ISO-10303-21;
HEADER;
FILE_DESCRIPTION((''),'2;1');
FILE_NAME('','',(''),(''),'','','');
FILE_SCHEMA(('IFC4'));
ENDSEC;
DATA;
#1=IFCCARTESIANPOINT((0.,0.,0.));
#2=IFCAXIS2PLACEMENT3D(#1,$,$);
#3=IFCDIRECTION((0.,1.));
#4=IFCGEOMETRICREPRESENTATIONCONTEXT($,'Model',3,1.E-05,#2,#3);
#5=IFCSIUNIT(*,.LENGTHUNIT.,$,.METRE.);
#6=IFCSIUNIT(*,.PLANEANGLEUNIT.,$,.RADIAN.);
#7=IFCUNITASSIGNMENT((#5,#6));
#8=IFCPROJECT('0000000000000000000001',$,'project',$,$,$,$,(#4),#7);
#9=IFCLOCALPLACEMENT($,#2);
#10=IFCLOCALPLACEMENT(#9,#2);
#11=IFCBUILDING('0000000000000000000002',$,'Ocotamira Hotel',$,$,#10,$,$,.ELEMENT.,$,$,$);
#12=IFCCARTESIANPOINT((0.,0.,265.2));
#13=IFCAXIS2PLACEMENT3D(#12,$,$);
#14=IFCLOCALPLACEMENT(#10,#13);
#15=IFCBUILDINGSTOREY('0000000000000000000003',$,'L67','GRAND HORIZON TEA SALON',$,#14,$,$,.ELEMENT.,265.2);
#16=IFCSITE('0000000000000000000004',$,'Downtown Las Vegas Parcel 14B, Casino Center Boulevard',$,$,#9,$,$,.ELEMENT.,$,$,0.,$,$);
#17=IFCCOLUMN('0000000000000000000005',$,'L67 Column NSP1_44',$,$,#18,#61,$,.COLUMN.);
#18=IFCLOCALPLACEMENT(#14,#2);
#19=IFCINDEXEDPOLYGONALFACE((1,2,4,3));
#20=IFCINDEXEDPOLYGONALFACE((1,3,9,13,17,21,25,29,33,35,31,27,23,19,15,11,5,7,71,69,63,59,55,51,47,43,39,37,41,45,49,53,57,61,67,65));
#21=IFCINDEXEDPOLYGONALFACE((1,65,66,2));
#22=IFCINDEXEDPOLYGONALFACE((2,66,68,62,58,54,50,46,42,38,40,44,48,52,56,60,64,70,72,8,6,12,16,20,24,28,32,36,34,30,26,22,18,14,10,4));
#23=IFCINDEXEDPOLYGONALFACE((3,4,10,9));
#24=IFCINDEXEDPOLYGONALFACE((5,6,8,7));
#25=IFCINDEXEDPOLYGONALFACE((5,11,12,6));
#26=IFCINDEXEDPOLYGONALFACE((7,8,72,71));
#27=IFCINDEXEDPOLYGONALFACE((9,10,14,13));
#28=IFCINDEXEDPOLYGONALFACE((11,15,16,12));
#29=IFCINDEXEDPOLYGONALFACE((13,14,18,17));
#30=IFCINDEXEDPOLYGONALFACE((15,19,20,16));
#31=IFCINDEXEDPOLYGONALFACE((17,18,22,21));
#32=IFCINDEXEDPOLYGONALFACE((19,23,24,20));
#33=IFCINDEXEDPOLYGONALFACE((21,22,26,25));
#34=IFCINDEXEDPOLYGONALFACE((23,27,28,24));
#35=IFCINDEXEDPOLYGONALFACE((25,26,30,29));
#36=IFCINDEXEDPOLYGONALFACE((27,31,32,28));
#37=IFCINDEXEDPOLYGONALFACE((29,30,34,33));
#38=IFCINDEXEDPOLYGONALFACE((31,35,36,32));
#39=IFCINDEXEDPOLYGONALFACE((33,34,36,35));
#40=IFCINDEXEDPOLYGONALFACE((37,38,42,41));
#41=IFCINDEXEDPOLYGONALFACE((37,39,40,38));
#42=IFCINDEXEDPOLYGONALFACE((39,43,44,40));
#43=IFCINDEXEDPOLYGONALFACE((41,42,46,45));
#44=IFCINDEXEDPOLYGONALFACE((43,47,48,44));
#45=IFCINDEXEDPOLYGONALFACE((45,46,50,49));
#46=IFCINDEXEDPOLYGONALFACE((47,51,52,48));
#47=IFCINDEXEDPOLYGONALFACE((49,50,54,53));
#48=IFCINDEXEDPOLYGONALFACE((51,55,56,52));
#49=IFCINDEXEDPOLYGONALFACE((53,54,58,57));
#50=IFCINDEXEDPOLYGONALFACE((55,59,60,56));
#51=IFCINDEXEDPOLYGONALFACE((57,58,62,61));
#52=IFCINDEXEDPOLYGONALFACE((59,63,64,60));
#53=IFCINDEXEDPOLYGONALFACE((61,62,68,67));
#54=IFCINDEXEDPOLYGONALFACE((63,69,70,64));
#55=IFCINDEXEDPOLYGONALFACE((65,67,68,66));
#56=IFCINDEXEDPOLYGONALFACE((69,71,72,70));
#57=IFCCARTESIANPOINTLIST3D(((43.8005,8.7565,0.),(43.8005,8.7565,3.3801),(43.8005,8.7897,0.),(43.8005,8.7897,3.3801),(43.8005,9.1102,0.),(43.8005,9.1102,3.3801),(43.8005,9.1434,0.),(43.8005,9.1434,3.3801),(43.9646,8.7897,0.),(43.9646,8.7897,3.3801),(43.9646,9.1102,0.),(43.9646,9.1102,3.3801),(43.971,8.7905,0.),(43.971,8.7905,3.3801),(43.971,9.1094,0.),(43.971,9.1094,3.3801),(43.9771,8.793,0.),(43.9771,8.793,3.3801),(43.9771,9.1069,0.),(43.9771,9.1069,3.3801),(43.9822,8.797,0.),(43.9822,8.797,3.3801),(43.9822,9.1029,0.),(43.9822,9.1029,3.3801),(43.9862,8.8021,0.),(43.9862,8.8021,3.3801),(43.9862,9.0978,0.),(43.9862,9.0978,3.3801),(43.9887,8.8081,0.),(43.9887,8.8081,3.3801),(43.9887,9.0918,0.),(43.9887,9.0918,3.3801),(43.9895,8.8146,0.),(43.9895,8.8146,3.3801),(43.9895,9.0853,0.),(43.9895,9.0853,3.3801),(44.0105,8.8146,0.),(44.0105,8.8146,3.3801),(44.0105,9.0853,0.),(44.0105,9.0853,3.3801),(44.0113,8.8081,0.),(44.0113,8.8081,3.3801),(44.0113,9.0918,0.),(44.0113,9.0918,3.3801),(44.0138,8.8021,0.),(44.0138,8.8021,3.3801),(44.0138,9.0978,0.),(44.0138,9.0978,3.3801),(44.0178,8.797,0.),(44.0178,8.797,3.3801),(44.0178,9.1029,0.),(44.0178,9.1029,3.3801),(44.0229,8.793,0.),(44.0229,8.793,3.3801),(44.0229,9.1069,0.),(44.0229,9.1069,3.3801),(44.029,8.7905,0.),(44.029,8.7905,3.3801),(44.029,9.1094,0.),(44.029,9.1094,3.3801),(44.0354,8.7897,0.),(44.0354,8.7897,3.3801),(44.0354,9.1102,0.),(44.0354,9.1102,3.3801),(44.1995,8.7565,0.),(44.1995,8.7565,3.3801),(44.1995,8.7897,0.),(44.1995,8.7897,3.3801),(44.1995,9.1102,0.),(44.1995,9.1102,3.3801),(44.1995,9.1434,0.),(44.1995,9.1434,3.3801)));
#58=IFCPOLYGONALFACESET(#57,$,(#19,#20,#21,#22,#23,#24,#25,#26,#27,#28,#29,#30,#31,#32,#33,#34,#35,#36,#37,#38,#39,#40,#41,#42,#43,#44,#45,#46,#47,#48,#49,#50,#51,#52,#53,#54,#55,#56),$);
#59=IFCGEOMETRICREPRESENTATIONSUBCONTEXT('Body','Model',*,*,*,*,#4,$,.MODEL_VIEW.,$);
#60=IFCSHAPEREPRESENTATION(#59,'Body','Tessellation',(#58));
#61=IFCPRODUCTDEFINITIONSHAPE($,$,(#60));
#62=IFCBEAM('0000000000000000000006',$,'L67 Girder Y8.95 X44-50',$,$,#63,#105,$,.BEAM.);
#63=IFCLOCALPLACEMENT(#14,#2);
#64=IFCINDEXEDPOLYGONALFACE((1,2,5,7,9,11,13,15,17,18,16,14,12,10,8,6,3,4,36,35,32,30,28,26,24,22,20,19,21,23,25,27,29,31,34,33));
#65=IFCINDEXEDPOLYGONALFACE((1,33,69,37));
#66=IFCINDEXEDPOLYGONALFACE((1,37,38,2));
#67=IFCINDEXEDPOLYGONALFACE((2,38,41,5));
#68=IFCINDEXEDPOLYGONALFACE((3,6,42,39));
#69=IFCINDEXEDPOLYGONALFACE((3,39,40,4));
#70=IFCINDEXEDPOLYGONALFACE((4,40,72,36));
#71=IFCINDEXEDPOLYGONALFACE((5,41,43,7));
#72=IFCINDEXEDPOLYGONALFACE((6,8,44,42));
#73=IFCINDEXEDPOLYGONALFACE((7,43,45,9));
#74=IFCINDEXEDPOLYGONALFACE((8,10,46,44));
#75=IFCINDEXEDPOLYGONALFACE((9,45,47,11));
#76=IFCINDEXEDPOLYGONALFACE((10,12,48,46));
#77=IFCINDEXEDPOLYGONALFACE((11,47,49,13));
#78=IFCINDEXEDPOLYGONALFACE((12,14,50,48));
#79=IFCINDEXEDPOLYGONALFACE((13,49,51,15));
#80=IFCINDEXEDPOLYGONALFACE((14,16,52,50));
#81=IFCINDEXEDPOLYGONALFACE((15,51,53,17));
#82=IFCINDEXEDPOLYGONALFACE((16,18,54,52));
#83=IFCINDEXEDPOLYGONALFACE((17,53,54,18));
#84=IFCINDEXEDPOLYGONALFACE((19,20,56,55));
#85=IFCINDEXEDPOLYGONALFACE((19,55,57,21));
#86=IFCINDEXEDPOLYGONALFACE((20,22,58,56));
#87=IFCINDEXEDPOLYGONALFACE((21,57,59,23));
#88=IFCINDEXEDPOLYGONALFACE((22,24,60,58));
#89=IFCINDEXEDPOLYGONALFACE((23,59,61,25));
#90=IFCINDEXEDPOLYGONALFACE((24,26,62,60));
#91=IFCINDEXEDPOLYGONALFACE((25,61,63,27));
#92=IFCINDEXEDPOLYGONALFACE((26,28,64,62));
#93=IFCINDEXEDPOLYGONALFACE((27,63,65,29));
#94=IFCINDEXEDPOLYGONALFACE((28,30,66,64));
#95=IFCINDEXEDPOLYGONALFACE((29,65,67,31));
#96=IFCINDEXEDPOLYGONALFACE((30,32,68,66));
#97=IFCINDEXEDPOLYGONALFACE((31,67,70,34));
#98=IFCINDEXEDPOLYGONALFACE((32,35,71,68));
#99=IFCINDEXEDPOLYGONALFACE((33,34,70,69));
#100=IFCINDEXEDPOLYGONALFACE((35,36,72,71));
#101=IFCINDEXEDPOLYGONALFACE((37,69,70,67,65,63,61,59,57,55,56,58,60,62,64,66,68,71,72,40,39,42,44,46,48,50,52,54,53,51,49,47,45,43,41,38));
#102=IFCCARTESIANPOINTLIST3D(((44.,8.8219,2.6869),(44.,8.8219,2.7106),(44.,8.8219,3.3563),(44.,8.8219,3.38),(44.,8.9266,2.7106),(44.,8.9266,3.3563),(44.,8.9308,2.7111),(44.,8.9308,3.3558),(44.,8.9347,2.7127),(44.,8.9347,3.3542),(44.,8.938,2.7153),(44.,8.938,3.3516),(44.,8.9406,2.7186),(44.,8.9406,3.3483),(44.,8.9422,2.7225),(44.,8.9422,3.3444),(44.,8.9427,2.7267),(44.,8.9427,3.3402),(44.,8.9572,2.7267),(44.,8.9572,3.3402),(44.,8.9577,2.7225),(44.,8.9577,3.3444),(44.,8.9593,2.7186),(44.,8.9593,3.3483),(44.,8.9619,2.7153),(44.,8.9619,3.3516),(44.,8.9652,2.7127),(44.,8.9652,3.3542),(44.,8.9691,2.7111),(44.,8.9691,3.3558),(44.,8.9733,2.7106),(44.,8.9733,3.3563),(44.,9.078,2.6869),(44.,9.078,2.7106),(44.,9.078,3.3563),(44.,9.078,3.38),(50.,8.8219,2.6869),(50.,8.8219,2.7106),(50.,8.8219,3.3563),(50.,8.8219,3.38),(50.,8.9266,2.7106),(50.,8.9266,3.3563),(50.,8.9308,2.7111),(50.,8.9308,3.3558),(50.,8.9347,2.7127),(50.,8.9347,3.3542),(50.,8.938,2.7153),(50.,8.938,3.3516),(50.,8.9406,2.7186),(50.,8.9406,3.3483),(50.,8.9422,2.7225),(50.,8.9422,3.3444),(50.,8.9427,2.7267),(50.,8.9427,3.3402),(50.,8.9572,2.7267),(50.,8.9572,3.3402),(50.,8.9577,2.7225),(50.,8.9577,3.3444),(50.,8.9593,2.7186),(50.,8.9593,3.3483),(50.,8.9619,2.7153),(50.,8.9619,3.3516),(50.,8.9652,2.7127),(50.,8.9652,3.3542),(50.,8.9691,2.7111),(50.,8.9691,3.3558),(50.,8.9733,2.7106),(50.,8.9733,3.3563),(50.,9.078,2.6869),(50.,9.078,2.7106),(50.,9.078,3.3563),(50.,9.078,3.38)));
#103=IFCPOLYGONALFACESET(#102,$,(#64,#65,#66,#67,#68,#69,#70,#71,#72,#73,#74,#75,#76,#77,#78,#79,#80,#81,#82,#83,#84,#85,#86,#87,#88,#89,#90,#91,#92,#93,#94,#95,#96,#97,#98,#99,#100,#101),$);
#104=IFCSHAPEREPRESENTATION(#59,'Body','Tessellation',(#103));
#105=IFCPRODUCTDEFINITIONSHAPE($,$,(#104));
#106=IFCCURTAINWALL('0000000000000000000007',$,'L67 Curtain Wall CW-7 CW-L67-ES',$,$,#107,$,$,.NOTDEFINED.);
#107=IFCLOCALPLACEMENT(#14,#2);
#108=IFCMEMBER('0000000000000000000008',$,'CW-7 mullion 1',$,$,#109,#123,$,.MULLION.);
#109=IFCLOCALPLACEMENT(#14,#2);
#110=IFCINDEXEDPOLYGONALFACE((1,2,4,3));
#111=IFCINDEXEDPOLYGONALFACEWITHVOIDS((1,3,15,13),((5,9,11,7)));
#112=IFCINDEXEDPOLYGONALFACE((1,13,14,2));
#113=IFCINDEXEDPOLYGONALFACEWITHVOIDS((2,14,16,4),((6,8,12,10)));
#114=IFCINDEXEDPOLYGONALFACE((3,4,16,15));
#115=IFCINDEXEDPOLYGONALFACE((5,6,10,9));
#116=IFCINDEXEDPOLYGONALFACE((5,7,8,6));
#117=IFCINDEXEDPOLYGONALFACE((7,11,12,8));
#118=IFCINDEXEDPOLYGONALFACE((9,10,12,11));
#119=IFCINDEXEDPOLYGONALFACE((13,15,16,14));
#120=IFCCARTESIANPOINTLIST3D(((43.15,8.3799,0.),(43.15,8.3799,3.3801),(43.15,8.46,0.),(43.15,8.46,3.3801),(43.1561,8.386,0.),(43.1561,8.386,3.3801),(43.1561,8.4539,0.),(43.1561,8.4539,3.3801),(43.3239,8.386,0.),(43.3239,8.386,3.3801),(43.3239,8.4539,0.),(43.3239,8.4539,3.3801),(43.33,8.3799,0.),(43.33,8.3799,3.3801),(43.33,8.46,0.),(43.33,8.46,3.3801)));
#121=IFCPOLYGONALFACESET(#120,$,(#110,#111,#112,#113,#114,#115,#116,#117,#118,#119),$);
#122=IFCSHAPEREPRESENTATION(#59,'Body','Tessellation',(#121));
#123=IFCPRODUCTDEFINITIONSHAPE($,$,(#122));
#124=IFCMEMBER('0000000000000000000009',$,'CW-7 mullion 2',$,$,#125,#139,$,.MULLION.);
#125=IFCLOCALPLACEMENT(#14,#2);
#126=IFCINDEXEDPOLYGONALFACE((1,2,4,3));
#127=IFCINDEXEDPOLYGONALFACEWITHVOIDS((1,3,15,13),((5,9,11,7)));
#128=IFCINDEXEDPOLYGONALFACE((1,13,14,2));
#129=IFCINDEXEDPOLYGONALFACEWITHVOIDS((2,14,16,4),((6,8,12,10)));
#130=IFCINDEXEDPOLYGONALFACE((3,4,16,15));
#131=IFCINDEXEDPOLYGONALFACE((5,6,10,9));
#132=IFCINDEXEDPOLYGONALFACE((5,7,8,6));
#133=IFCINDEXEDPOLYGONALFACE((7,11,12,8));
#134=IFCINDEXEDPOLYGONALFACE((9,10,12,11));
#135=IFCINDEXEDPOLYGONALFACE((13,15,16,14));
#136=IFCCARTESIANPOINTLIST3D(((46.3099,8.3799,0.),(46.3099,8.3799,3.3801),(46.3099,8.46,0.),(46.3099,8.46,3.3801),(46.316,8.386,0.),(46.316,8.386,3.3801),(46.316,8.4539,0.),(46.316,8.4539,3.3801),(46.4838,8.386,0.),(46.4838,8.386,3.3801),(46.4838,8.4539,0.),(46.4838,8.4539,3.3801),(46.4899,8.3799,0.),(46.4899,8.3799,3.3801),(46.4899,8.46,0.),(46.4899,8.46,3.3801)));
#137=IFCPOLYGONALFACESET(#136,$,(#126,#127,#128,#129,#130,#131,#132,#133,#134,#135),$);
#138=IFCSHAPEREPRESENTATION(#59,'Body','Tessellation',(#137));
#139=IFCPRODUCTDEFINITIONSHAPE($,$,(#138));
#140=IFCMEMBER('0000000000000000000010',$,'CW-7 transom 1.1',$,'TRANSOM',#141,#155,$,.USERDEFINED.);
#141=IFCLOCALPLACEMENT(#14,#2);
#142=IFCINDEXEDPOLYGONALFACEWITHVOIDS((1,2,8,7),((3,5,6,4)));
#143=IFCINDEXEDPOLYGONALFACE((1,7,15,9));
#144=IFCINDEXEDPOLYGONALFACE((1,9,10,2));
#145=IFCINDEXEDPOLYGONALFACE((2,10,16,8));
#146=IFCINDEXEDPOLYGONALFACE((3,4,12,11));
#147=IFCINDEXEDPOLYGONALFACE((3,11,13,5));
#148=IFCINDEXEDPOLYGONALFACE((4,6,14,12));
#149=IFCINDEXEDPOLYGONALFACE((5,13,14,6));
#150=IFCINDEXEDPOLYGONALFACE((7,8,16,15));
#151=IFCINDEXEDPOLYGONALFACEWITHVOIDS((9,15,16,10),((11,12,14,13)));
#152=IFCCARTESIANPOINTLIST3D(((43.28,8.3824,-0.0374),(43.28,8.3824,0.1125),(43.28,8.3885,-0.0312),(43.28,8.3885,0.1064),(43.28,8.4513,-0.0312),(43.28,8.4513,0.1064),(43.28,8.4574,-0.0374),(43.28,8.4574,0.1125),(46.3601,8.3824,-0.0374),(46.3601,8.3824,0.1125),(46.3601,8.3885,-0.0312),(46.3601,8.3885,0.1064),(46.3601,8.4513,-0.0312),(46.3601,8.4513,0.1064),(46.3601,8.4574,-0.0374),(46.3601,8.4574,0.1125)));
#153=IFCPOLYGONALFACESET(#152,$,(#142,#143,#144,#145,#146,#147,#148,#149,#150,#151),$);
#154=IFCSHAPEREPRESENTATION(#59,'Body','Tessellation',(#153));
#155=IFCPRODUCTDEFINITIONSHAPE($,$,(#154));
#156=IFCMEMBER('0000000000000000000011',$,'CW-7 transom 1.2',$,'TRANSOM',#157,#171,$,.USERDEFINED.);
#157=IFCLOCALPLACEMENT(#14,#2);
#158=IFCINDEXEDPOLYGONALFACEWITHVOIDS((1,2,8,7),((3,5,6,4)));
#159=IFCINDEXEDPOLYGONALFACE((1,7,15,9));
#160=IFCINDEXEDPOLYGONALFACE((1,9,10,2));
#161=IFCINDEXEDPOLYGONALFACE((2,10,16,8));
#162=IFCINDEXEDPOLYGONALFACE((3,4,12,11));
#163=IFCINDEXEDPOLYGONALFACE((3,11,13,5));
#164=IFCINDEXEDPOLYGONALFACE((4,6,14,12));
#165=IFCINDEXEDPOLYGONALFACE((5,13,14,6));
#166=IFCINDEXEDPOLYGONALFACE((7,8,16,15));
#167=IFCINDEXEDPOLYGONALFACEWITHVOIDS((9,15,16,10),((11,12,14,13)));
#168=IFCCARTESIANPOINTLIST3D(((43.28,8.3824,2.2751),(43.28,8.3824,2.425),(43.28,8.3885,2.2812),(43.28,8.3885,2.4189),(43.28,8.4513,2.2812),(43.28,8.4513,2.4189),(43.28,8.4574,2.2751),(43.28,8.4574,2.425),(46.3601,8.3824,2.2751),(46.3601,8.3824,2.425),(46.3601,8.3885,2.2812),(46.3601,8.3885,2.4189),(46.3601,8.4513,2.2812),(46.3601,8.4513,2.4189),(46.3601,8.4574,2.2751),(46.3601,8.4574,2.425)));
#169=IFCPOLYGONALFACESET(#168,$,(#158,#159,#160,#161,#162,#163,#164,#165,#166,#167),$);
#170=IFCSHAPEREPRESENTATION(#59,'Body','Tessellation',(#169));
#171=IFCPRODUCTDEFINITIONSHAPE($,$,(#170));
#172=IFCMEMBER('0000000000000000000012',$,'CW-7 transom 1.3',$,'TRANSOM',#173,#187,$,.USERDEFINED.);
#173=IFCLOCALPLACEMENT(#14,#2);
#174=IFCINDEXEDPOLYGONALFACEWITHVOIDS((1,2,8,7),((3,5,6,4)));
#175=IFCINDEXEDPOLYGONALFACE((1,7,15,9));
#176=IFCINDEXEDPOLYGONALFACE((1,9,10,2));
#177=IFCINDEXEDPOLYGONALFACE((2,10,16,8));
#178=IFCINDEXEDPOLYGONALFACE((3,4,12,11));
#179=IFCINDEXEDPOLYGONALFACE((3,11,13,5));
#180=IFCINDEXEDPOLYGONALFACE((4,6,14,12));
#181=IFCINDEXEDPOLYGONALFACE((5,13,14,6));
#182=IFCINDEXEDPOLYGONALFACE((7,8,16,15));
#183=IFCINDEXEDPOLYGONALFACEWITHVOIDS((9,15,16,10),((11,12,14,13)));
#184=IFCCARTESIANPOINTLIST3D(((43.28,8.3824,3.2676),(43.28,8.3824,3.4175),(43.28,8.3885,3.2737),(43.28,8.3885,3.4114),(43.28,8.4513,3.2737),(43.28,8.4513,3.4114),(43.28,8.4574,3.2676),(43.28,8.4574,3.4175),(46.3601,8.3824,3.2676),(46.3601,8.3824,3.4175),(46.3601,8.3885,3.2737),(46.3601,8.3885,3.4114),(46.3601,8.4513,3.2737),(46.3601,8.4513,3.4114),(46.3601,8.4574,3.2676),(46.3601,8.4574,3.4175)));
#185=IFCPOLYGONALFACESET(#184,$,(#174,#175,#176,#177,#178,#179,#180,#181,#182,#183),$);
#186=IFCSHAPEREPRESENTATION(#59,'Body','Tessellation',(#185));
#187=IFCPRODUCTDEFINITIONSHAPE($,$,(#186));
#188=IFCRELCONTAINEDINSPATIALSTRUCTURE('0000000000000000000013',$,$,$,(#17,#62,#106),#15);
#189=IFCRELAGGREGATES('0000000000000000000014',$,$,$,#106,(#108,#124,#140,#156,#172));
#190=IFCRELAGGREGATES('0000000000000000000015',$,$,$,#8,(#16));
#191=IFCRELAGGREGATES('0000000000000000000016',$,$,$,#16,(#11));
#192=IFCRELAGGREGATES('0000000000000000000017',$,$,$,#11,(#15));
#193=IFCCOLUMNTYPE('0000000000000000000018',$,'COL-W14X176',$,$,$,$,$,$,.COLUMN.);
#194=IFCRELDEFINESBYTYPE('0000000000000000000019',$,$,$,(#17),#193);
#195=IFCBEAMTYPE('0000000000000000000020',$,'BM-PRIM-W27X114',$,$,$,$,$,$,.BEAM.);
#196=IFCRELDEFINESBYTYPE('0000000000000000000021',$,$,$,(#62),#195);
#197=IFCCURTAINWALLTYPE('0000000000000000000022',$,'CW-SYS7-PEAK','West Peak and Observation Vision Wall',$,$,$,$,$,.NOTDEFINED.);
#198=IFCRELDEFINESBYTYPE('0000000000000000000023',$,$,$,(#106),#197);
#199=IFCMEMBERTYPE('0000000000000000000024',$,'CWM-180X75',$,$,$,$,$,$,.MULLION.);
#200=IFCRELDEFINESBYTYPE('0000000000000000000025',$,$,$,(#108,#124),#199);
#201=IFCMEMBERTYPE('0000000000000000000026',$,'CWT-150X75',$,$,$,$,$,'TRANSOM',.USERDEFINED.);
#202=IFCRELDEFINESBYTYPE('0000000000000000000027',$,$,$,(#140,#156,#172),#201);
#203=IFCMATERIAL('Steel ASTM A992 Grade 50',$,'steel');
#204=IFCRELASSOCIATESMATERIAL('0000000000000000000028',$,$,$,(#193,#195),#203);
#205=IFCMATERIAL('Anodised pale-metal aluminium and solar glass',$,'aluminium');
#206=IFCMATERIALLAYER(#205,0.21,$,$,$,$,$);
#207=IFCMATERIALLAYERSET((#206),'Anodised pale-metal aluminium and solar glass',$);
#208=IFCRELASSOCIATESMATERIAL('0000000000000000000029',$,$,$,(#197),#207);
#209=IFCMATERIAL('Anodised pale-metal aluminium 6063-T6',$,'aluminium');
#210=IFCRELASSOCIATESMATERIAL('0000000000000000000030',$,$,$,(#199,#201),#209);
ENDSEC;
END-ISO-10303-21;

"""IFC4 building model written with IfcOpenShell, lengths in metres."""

from ifc_helpers import new_model, si_unit, direction, frame, origin, origin_2d, place, context, subcontext, project, spatial, hollow_rectangle, i_section, extrude, source, transform, mapped, material, layer, layer_set, material_profile, profile_set, type_object, element, aggregate, save


model = new_model("IFC4")

# Units and contexts
model_context = context("Model", 3, precision=1e-05, world=origin(), true_north=direction((0.0, 1.0)))
body_context = subcontext(model_context, "Body", "Model", "MODEL_VIEW")
ifc_project = project(units=[si_unit("LENGTHUNIT", "METRE"), si_unit("PLANEANGLEUNIT", "RADIAN")], contexts=[model_context])

# Site, building, storey
site_placement = place(None, origin())
site = spatial("IfcSite", under=ifc_project, at=site_placement, Name="Downtown Las Vegas Parcel 14B, Casino Center Boulevard", CompositionType="ELEMENT", RefElevation=0.0)
building_placement = place(site_placement, origin())
building = spatial("IfcBuilding", under=site, at=building_placement, Name="Ocotamira Hotel", CompositionType="ELEMENT")
storey_placement = place(building_placement, frame((0.0, 0.0, 265.2)))
storey = spatial("IfcBuildingStorey", under=building, at=storey_placement, Name="L67", Description="GRAND HORIZON TEA SALON", CompositionType="ELEMENT", Elevation=265.2)

# Column
ifc_material_1 = material(Name="Steel ASTM A992 Grade 50", Category="steel")
ifc_material_profile_1 = material_profile(ifc_material_1, i_section(OverallWidth=0.3989, OverallDepth=0.387, WebThickness=0.021, FlangeThickness=0.0332, FilletRadius=0.0249, at=origin_2d()), Name="W14X176")
ifc_profile_set_1 = profile_set([ifc_material_profile_1], Name="Steel ASTM A992 Grade 50")
column_type = type_object("IfcColumnType", Name="COL-W14X176", PredefinedType="COLUMN", material=ifc_profile_set_1)
shared_shape_1 = source(origin(), body_context, "Body", "SweptSolid", [
    extrude(i_section(OverallWidth=0.3989, OverallDepth=0.387, WebThickness=0.021, FlangeThickness=0.0332, FilletRadius=0.0249, at=origin_2d()), origin(), (0.0, 0.0, 1.0), 3.3801),
])
column_placement = place(storey_placement, frame((44.0, 8.95, 0.0), z_axis=(0.0, 0.0, 1.0), x_axis=(1.0, 0.0, 0.0)))
element("IfcColumn", 1, at=column_placement, inside=storey, type_object=column_type, Name="L67 Column NSP1_44", PredefinedType="COLUMN", context=body_context, shape_type="MappedRepresentation", body=[
    mapped(shared_shape_1, transform((0.0, 0.0, 0.0), scale=1.0)),
])

# Beam
ifc_material_profile_2 = material_profile(ifc_material_1, i_section(OverallWidth=0.2561, OverallDepth=0.6931, WebThickness=0.0144, FlangeThickness=0.0237, FilletRadius=0.0161, at=origin_2d()), Name="W27X114")
ifc_profile_set_2 = profile_set([ifc_material_profile_2], Name="Steel ASTM A992 Grade 50")
beam_type = type_object("IfcBeamType", Name="BM-PRIM-W27X114", PredefinedType="BEAM", material=ifc_profile_set_2)
shared_shape_2 = source(origin(), body_context, "Body", "SweptSolid", [
    extrude(i_section(OverallWidth=0.2561, OverallDepth=0.6931, WebThickness=0.0144, FlangeThickness=0.0237, FilletRadius=0.0161, at=origin_2d()), origin(), (0.0, 0.0, 1.0), 6.0),
])
beam_placement = place(storey_placement, frame((44.0, 8.95, 3.0334), z_axis=(1.0, 0.0, 0.0), x_axis=(0.0, 1.0, 0.0)))
element("IfcBeam", 2, at=beam_placement, inside=storey, type_object=beam_type, Name="L67 Girder Y8.95 X44-50", PredefinedType="BEAM", context=body_context, shape_type="MappedRepresentation", body=[
    mapped(shared_shape_2, transform((0.0, 0.0, 0.0), scale=1.0)),
])

# Curtain wall, members
ifc_material_2 = material(Name="Anodised pale-metal aluminium and solar glass", Category="aluminium")
ifc_layer_1 = layer(ifc_material_2, 0.21)
ifc_layer_set_1 = layer_set([ifc_layer_1], Name="Anodised pale-metal aluminium and solar glass")
curtain_wall_type = type_object("IfcCurtainWallType", Name="CW-SYS7-PEAK", Description="West Peak and Observation Vision Wall", PredefinedType="NOTDEFINED", material=ifc_layer_set_1)
curtain_wall_placement = place(storey_placement, origin())
curtain_wall = element("IfcCurtainWall", 3, at=curtain_wall_placement, inside=storey, type_object=curtain_wall_type, Name="L67 Curtain Wall CW-7 CW-L67-ES", PredefinedType="NOTDEFINED")
ifc_material_3 = material(Name="Anodised pale-metal aluminium 6063-T6", Category="aluminium")
ifc_material_profile_3 = material_profile(ifc_material_3, hollow_rectangle(XDim=0.0801, YDim=0.1799, WallThickness=0.0061, at=origin_2d()), Name="HSS180X80X6")
ifc_profile_set_3 = profile_set([ifc_material_profile_3], Name="Anodised pale-metal aluminium 6063-T6")
member_type_1 = type_object("IfcMemberType", Name="CWM-180X75", PredefinedType="MULLION", material=ifc_profile_set_3)
shared_shape_3 = source(origin(), body_context, "Body", "SweptSolid", [
    extrude(hollow_rectangle(XDim=0.0801, YDim=0.1799, WallThickness=0.0061, at=origin_2d()), origin(), (0.0, 0.0, 1.0), 3.3801),
])
member_1_placement = place(storey_placement, frame((43.24, 8.4199, 0.0), z_axis=(0.0, 0.0, 1.0), x_axis=(0.0, 1.0, 0.0)))
member_1 = element("IfcMember", 4, at=member_1_placement, type_object=member_type_1, Name="CW-7 mullion 1", PredefinedType="MULLION", context=body_context, shape_type="MappedRepresentation", body=[
    mapped(shared_shape_3, transform((0.0, 0.0, 0.0), scale=1.0)),
])
member_2_placement = place(storey_placement, frame((46.3999, 8.4199, 0.0), z_axis=(0.0, 0.0, 1.0), x_axis=(0.0, 1.0, 0.0)))
member_2 = element("IfcMember", 5, at=member_2_placement, type_object=member_type_1, Name="CW-7 mullion 2", PredefinedType="MULLION", context=body_context, shape_type="MappedRepresentation", body=[
    mapped(shared_shape_3, transform((0.0, 0.0, 0.0), scale=1.0)),
])
ifc_material_profile_4 = material_profile(ifc_material_3, hollow_rectangle(XDim=0.075, YDim=0.1499, WallThickness=0.0061, at=origin_2d()), Name="HSS150X75X6")
ifc_profile_set_4 = profile_set([ifc_material_profile_4], Name="Anodised pale-metal aluminium 6063-T6")
member_type_2 = type_object("IfcMemberType", Name="CWT-150X75", ElementType="TRANSOM", PredefinedType="USERDEFINED", material=ifc_profile_set_4)
shared_shape_4 = source(origin(), body_context, "Body", "SweptSolid", [
    extrude(hollow_rectangle(XDim=0.075, YDim=0.1499, WallThickness=0.0061, at=origin_2d()), origin(), (0.0, 0.0, 1.0), 3.0801),
])
member_3_placement = place(storey_placement, frame((43.28, 8.4199, 0.0376), z_axis=(1.0, 0.0, 0.0), x_axis=(0.0, 1.0, 0.0)))
member_3 = element("IfcMember", 6, at=member_3_placement, type_object=member_type_2, Name="CW-7 transom 1.1", ObjectType="TRANSOM", PredefinedType="USERDEFINED", context=body_context, shape_type="MappedRepresentation", body=[
    mapped(shared_shape_4, transform((0.0, 0.0, 0.0), scale=1.0)),
])
member_4_placement = place(storey_placement, frame((43.28, 8.4199, 2.3501), z_axis=(1.0, 0.0, 0.0), x_axis=(0.0, 1.0, 0.0)))
member_4 = element("IfcMember", 7, at=member_4_placement, type_object=member_type_2, Name="CW-7 transom 1.2", ObjectType="TRANSOM", PredefinedType="USERDEFINED", context=body_context, shape_type="MappedRepresentation", body=[
    mapped(shared_shape_4, transform((0.0, 0.0, 0.0), scale=1.0)),
])
member_5_placement = place(storey_placement, frame((43.28, 8.4199, 3.3425), z_axis=(1.0, 0.0, 0.0), x_axis=(0.0, 1.0, 0.0)))
member_5 = element("IfcMember", 8, at=member_5_placement, type_object=member_type_2, Name="CW-7 transom 1.3", ObjectType="TRANSOM", PredefinedType="USERDEFINED", context=body_context, shape_type="MappedRepresentation", body=[
    mapped(shared_shape_4, transform((0.0, 0.0, 0.0), scale=1.0)),
])
aggregate(curtain_wall, [member_1, member_2, member_3, member_4, member_5])

save(model, "model.ifc")
